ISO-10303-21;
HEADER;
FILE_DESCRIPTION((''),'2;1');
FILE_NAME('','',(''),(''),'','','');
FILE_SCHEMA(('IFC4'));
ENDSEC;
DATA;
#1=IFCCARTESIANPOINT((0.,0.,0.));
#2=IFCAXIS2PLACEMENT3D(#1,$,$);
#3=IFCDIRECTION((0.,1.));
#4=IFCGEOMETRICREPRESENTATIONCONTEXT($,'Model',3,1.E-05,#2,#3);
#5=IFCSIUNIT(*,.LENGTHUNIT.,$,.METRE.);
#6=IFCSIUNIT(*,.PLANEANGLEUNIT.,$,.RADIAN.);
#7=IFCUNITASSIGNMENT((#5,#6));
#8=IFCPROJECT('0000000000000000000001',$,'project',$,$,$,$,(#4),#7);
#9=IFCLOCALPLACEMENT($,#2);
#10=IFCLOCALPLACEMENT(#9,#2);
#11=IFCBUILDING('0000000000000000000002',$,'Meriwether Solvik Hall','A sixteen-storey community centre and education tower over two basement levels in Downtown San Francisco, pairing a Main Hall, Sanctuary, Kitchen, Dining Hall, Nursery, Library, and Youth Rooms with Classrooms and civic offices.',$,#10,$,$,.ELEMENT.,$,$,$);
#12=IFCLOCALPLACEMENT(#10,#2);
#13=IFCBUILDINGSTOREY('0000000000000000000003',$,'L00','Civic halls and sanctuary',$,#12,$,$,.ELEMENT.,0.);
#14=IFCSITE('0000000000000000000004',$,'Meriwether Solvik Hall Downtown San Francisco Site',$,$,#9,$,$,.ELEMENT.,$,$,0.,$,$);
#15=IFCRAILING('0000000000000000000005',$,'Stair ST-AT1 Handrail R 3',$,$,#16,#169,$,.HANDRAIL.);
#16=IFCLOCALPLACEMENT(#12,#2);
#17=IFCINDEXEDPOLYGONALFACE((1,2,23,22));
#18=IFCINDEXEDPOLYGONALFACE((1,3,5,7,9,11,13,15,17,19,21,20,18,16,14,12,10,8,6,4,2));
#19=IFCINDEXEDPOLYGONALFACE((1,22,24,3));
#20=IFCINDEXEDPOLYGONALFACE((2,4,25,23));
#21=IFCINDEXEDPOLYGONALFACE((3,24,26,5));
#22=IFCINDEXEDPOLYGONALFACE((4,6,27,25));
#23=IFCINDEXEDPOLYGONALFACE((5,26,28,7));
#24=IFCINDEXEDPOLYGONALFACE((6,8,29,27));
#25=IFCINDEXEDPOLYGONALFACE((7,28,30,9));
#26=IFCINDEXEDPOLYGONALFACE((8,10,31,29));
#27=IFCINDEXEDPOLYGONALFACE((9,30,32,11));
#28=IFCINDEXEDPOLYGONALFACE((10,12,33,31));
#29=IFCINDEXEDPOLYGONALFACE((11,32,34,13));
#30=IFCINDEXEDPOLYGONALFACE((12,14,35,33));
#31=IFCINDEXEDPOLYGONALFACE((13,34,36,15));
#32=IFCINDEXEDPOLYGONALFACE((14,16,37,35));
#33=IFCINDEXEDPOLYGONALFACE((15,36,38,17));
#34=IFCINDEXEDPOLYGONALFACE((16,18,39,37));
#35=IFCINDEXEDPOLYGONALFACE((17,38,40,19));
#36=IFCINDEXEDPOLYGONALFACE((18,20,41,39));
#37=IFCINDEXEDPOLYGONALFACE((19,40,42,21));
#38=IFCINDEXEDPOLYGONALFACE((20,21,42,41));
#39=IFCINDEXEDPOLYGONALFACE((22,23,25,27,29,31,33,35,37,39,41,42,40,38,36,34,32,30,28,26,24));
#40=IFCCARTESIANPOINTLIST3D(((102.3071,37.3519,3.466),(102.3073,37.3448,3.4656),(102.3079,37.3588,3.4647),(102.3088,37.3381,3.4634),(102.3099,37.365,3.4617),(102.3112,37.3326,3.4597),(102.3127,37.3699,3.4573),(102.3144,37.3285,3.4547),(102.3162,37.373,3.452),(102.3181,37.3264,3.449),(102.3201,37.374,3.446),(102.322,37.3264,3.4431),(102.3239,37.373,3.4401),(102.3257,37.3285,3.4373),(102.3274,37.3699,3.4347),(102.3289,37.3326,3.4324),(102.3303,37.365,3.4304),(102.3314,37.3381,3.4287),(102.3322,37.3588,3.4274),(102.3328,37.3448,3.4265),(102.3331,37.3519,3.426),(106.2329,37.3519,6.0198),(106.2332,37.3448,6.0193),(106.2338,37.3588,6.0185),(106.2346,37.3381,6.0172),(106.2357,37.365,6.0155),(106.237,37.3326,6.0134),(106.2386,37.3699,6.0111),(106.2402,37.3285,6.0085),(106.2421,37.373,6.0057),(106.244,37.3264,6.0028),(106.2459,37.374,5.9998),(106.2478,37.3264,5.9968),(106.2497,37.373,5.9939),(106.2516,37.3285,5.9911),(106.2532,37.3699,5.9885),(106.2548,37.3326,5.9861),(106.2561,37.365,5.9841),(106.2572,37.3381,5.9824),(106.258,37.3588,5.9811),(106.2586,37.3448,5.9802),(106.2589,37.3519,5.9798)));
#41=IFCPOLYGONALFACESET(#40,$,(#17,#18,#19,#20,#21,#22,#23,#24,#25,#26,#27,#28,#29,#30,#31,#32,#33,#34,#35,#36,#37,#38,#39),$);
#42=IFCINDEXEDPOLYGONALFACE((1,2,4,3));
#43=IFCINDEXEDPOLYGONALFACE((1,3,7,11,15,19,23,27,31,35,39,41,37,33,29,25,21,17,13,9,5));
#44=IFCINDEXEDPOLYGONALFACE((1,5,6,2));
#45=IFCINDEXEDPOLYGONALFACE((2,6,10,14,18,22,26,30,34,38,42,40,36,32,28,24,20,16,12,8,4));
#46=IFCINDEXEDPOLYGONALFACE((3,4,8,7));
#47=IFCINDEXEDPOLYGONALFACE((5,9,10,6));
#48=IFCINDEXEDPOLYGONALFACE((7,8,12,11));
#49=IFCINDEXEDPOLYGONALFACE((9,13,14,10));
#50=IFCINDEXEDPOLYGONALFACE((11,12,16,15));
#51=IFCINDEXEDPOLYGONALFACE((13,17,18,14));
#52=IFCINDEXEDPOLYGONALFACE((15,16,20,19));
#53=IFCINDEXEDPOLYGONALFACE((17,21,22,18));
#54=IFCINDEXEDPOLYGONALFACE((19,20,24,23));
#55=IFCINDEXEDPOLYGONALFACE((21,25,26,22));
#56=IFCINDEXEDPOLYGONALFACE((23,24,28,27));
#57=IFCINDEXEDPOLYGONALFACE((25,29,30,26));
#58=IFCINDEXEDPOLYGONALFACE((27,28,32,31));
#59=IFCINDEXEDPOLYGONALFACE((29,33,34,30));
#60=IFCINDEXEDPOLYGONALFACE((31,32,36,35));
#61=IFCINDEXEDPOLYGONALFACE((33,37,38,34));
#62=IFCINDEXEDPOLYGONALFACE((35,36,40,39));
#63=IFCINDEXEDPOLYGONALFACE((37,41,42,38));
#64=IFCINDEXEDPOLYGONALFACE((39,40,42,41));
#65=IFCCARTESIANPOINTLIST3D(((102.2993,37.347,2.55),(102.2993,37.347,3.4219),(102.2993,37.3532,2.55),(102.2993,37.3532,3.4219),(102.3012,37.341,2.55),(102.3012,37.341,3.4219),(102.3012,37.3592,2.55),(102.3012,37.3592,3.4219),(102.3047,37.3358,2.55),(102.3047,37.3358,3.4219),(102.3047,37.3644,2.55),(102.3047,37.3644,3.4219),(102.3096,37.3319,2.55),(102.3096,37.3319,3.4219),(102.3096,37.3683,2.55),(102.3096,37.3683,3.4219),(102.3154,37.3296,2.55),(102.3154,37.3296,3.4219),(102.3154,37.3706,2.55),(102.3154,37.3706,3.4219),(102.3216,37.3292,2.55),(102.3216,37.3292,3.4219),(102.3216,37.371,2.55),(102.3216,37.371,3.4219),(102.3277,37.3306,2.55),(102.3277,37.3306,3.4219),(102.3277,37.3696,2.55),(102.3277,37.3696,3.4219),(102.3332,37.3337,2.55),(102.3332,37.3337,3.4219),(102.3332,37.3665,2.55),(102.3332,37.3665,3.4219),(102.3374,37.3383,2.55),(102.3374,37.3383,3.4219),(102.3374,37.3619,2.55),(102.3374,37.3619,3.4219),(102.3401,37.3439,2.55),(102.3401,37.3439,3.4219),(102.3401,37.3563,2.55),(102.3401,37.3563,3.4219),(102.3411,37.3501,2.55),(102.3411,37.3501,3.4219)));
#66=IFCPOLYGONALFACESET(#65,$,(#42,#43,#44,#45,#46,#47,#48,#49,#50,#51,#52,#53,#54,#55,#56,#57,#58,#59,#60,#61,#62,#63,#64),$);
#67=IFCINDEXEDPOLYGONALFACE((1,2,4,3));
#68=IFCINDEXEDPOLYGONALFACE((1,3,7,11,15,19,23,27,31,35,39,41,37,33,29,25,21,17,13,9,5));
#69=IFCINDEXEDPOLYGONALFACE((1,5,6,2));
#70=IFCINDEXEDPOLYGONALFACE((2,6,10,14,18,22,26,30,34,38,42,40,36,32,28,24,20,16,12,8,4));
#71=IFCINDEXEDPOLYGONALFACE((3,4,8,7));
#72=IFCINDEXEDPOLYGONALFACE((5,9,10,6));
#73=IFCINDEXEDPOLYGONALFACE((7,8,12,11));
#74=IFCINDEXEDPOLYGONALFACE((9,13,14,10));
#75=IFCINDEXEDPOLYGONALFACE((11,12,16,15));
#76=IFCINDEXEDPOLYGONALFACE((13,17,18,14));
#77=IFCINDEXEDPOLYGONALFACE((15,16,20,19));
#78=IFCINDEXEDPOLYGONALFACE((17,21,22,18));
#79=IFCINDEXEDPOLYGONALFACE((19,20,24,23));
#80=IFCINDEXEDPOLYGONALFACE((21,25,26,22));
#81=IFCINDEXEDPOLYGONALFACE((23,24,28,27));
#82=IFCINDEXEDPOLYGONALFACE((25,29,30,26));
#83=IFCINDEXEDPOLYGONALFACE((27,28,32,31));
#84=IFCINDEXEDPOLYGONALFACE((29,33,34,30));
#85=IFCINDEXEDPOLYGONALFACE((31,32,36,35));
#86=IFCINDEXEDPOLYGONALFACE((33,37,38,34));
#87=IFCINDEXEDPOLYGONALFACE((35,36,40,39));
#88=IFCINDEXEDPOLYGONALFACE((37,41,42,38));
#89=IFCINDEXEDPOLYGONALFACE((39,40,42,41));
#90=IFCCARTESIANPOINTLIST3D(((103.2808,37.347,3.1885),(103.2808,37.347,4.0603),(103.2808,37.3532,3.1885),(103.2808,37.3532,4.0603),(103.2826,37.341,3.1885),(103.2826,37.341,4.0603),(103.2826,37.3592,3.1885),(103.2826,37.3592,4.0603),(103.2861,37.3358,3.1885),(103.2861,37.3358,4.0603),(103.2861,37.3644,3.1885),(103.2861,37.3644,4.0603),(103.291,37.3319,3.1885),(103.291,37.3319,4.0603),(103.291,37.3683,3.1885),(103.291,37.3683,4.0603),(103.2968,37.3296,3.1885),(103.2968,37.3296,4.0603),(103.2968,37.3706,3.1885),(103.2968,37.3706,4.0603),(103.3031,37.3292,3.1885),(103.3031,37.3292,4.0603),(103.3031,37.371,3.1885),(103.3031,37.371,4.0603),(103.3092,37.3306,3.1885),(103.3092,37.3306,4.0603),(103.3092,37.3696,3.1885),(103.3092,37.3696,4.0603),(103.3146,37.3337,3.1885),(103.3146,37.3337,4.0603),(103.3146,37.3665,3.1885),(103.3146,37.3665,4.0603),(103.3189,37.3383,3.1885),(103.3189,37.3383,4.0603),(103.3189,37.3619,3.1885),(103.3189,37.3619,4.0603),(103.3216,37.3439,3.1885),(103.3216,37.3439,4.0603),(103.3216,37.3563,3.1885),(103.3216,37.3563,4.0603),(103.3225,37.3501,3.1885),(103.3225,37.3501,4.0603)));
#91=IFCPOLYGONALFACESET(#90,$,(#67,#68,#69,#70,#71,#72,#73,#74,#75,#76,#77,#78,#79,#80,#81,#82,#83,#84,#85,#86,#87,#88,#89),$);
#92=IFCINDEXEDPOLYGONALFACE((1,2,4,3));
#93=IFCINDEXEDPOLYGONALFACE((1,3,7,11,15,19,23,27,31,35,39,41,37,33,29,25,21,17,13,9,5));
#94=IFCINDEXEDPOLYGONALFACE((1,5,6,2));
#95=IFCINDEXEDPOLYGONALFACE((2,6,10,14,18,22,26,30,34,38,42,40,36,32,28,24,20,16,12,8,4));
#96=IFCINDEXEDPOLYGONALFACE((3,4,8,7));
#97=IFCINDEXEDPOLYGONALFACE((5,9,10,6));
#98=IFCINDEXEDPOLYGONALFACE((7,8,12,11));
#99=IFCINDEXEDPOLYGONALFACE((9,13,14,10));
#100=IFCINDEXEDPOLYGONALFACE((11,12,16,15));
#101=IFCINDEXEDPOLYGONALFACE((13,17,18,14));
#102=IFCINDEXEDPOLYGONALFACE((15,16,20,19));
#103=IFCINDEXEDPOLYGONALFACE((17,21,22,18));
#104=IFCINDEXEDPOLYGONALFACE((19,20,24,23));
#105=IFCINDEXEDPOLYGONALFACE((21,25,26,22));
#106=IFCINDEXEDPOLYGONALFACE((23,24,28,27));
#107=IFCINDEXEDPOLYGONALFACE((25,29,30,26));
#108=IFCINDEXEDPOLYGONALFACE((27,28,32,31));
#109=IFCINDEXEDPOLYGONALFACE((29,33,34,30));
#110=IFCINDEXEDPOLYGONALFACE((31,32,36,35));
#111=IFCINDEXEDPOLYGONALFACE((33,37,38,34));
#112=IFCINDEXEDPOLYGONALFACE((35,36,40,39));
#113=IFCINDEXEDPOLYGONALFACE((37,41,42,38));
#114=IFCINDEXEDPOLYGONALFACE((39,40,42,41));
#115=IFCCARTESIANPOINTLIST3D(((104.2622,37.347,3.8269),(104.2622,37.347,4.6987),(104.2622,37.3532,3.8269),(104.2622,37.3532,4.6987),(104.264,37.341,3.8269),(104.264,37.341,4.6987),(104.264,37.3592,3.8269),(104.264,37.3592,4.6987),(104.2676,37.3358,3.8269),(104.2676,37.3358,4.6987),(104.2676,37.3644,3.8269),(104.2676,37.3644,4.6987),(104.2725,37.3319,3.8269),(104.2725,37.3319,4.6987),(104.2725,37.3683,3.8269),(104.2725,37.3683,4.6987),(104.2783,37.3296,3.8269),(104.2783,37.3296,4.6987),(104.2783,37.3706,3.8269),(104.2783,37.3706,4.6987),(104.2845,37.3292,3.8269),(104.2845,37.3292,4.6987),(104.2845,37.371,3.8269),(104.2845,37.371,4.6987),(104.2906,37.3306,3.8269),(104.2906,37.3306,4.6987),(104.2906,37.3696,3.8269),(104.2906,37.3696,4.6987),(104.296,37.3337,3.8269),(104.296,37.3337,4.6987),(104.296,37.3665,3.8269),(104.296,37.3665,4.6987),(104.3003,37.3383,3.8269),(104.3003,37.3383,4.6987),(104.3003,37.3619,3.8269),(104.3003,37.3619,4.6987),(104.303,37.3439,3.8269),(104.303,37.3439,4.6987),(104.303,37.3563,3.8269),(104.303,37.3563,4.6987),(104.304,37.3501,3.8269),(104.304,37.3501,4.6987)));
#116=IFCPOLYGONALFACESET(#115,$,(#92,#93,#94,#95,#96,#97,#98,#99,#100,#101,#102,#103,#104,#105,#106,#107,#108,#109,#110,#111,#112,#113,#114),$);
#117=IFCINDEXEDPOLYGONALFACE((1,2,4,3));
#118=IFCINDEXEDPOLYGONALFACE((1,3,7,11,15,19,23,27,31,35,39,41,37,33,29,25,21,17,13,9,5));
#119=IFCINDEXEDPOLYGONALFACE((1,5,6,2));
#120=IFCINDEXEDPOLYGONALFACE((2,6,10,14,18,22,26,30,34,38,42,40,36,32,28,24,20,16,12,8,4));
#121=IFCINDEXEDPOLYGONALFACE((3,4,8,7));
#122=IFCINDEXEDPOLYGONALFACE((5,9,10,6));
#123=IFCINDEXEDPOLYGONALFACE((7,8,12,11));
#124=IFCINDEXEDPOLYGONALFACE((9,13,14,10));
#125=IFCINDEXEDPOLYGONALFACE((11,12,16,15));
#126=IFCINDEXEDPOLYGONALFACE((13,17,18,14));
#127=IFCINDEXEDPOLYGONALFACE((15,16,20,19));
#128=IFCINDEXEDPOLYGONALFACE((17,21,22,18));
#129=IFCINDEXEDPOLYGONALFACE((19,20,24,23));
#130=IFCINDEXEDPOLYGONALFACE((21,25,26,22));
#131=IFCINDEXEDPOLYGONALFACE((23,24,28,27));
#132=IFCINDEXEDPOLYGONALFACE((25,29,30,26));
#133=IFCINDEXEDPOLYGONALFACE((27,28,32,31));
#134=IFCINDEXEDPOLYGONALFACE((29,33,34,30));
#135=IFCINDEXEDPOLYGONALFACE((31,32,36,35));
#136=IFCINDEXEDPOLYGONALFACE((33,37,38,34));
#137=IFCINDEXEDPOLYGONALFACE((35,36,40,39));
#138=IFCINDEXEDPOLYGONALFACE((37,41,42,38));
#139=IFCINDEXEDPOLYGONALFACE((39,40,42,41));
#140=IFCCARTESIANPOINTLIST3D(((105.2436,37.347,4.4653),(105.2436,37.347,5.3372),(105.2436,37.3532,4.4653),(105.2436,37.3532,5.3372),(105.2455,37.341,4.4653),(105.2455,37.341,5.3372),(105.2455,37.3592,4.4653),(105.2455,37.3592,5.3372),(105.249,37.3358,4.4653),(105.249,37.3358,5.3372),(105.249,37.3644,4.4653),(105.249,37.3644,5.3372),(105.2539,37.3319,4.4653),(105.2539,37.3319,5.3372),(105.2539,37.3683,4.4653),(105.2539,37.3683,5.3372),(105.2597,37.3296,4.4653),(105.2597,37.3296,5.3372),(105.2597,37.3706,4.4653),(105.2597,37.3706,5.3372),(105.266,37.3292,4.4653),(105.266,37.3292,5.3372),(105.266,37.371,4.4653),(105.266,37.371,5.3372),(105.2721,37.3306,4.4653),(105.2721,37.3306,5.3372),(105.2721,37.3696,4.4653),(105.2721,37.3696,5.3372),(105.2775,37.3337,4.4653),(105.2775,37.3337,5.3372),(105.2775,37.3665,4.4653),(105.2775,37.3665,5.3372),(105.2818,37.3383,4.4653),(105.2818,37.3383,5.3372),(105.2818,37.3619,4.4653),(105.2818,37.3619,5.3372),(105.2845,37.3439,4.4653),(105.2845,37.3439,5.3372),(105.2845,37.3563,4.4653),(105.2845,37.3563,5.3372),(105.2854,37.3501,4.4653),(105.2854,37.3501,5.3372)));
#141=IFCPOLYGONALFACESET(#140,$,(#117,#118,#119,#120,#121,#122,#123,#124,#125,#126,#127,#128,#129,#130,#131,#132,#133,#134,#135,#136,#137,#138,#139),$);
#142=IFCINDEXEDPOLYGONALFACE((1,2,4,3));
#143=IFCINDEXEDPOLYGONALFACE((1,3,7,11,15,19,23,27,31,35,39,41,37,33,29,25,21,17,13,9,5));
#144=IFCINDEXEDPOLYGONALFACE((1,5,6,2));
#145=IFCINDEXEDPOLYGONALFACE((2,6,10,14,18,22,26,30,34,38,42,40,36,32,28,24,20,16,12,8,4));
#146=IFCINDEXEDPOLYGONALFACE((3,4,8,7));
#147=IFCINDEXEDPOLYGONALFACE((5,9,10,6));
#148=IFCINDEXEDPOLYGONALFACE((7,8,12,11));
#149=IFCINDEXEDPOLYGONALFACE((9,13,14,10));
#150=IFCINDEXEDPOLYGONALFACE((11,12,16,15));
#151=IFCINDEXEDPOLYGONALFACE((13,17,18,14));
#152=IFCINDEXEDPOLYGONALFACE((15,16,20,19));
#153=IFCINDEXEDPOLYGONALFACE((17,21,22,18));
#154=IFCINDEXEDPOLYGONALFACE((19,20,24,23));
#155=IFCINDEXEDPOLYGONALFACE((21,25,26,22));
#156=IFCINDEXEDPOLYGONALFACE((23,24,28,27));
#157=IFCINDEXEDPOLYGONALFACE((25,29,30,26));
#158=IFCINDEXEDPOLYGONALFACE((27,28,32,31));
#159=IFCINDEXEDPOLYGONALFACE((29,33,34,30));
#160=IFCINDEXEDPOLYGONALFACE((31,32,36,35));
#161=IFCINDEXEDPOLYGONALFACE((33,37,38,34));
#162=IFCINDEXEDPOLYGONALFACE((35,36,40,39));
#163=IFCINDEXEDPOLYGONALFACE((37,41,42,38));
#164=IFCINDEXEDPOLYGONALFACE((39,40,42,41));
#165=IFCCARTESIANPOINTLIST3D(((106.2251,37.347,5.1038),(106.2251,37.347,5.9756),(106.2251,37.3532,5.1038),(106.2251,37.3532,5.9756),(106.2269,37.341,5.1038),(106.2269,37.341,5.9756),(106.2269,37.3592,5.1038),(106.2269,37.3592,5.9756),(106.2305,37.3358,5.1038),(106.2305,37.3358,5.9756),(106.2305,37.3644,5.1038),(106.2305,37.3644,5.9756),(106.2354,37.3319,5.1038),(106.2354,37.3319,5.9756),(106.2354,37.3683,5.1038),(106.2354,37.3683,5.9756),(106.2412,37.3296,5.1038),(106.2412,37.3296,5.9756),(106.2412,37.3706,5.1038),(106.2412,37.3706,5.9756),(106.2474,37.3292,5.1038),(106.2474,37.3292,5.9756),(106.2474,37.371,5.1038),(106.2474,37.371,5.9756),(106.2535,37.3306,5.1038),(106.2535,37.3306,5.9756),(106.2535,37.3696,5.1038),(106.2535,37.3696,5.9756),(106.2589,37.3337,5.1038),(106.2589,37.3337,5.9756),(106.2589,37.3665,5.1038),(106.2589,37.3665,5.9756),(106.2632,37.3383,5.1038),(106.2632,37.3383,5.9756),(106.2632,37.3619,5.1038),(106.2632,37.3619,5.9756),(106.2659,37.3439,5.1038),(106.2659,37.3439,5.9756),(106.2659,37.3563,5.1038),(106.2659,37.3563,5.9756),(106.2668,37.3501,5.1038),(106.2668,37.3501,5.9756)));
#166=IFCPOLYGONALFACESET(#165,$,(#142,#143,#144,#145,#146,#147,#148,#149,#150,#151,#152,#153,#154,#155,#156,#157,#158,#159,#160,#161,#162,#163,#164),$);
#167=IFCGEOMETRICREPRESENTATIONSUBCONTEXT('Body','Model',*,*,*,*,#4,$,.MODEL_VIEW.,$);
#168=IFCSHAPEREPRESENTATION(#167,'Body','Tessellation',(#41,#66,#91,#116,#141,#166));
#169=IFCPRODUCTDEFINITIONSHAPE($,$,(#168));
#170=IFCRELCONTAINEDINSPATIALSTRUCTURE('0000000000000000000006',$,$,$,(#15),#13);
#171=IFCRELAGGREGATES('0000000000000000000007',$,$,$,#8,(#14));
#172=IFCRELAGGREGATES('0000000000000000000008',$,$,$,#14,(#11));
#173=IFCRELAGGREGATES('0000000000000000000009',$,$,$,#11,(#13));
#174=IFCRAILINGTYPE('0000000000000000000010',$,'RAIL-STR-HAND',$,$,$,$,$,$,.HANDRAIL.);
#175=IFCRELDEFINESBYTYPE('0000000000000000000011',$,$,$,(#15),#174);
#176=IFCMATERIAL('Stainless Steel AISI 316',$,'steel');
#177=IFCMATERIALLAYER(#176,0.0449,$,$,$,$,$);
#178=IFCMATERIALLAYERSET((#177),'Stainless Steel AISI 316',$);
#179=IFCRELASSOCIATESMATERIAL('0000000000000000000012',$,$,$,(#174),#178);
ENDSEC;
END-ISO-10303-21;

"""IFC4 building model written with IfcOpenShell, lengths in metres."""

from ifc_helpers import new_model, si_unit, direction, frame, origin, origin_2d, place, context, subcontext, project, spatial, circle, extrude, material, layer, layer_set, type_object, element, save


model = new_model("IFC4")

# Units and contexts
model_context = context("Model", 3, precision=1e-05, world=origin(), true_north=direction((0.0, 1.0)))
body_context = subcontext(model_context, "Body", "Model", "MODEL_VIEW")
ifc_project = project(units=[si_unit("LENGTHUNIT", "METRE"), si_unit("PLANEANGLEUNIT", "RADIAN")], contexts=[model_context])

# Site, building, storey
site_placement = place(None, origin())
site = spatial("IfcSite", under=ifc_project, at=site_placement, Name="Meriwether Solvik Hall Downtown San Francisco Site", CompositionType="ELEMENT", RefElevation=0.0)
building_placement = place(site_placement, origin())
building = spatial("IfcBuilding", under=site, at=building_placement, Name="Meriwether Solvik Hall", Description="A sixteen-storey community centre and education tower over two basement levels in Downtown San Francisco, pairing a Main Hall, Sanctuary, Kitchen, Dining Hall, Nursery, Library, and Youth Rooms with Classrooms and civic offices.", CompositionType="ELEMENT")
storey_placement = place(building_placement, origin())
storey = spatial("IfcBuildingStorey", under=building, at=storey_placement, Name="L00", Description="Civic halls and sanctuary", CompositionType="ELEMENT", Elevation=0.0)

# Railing
ifc_material_1 = material(Name="Stainless Steel AISI 316", Category="steel")
ifc_layer_1 = layer(ifc_material_1, 0.0449)
ifc_layer_set_1 = layer_set([ifc_layer_1], Name="Stainless Steel AISI 316")
railing_type_1 = type_object("IfcRailingType", Name="RAIL-STR-HAND", PredefinedType="HANDRAIL", material=ifc_layer_set_1)
railing_placement = place(storey_placement, frame((102.3201, 37.3501, 2.55)))
element("IfcRailing", 1, at=railing_placement, inside=storey, type_object=railing_type_1, Name="Stair ST-AT1 Handrail R 3", PredefinedType="HANDRAIL", context=body_context, shape_type="SweptSolid", body=[
    extrude(circle(Radius=0.0239, at=origin_2d()), frame((0.0, 0.0, 0.896), z_axis=(0.838253, 0.0, 0.545281), x_axis=(0.0, 1.0, 0.0)), (0.0, 0.0, 1.0), 4.6833),
    extrude(circle(Radius=0.021, at=origin_2d()), origin(), (0.0, 0.0, 1.0), 0.8718),
    extrude(circle(Radius=0.021, at=origin_2d()), frame((0.9814, 0.0, 0.6384)), (0.0, 0.0, 1.0), 0.8718),
    extrude(circle(Radius=0.021, at=origin_2d()), frame((1.9629, 0.0, 1.2769)), (0.0, 0.0, 1.0), 0.8718),
    extrude(circle(Radius=0.021, at=origin_2d()), frame((2.9443, 0.0, 1.9153)), (0.0, 0.0, 1.0), 0.8718),
    extrude(circle(Radius=0.021, at=origin_2d()), frame((3.9258, 0.0, 2.5537)), (0.0, 0.0, 1.0), 0.8718),
])

save(model, "model.ifc")
